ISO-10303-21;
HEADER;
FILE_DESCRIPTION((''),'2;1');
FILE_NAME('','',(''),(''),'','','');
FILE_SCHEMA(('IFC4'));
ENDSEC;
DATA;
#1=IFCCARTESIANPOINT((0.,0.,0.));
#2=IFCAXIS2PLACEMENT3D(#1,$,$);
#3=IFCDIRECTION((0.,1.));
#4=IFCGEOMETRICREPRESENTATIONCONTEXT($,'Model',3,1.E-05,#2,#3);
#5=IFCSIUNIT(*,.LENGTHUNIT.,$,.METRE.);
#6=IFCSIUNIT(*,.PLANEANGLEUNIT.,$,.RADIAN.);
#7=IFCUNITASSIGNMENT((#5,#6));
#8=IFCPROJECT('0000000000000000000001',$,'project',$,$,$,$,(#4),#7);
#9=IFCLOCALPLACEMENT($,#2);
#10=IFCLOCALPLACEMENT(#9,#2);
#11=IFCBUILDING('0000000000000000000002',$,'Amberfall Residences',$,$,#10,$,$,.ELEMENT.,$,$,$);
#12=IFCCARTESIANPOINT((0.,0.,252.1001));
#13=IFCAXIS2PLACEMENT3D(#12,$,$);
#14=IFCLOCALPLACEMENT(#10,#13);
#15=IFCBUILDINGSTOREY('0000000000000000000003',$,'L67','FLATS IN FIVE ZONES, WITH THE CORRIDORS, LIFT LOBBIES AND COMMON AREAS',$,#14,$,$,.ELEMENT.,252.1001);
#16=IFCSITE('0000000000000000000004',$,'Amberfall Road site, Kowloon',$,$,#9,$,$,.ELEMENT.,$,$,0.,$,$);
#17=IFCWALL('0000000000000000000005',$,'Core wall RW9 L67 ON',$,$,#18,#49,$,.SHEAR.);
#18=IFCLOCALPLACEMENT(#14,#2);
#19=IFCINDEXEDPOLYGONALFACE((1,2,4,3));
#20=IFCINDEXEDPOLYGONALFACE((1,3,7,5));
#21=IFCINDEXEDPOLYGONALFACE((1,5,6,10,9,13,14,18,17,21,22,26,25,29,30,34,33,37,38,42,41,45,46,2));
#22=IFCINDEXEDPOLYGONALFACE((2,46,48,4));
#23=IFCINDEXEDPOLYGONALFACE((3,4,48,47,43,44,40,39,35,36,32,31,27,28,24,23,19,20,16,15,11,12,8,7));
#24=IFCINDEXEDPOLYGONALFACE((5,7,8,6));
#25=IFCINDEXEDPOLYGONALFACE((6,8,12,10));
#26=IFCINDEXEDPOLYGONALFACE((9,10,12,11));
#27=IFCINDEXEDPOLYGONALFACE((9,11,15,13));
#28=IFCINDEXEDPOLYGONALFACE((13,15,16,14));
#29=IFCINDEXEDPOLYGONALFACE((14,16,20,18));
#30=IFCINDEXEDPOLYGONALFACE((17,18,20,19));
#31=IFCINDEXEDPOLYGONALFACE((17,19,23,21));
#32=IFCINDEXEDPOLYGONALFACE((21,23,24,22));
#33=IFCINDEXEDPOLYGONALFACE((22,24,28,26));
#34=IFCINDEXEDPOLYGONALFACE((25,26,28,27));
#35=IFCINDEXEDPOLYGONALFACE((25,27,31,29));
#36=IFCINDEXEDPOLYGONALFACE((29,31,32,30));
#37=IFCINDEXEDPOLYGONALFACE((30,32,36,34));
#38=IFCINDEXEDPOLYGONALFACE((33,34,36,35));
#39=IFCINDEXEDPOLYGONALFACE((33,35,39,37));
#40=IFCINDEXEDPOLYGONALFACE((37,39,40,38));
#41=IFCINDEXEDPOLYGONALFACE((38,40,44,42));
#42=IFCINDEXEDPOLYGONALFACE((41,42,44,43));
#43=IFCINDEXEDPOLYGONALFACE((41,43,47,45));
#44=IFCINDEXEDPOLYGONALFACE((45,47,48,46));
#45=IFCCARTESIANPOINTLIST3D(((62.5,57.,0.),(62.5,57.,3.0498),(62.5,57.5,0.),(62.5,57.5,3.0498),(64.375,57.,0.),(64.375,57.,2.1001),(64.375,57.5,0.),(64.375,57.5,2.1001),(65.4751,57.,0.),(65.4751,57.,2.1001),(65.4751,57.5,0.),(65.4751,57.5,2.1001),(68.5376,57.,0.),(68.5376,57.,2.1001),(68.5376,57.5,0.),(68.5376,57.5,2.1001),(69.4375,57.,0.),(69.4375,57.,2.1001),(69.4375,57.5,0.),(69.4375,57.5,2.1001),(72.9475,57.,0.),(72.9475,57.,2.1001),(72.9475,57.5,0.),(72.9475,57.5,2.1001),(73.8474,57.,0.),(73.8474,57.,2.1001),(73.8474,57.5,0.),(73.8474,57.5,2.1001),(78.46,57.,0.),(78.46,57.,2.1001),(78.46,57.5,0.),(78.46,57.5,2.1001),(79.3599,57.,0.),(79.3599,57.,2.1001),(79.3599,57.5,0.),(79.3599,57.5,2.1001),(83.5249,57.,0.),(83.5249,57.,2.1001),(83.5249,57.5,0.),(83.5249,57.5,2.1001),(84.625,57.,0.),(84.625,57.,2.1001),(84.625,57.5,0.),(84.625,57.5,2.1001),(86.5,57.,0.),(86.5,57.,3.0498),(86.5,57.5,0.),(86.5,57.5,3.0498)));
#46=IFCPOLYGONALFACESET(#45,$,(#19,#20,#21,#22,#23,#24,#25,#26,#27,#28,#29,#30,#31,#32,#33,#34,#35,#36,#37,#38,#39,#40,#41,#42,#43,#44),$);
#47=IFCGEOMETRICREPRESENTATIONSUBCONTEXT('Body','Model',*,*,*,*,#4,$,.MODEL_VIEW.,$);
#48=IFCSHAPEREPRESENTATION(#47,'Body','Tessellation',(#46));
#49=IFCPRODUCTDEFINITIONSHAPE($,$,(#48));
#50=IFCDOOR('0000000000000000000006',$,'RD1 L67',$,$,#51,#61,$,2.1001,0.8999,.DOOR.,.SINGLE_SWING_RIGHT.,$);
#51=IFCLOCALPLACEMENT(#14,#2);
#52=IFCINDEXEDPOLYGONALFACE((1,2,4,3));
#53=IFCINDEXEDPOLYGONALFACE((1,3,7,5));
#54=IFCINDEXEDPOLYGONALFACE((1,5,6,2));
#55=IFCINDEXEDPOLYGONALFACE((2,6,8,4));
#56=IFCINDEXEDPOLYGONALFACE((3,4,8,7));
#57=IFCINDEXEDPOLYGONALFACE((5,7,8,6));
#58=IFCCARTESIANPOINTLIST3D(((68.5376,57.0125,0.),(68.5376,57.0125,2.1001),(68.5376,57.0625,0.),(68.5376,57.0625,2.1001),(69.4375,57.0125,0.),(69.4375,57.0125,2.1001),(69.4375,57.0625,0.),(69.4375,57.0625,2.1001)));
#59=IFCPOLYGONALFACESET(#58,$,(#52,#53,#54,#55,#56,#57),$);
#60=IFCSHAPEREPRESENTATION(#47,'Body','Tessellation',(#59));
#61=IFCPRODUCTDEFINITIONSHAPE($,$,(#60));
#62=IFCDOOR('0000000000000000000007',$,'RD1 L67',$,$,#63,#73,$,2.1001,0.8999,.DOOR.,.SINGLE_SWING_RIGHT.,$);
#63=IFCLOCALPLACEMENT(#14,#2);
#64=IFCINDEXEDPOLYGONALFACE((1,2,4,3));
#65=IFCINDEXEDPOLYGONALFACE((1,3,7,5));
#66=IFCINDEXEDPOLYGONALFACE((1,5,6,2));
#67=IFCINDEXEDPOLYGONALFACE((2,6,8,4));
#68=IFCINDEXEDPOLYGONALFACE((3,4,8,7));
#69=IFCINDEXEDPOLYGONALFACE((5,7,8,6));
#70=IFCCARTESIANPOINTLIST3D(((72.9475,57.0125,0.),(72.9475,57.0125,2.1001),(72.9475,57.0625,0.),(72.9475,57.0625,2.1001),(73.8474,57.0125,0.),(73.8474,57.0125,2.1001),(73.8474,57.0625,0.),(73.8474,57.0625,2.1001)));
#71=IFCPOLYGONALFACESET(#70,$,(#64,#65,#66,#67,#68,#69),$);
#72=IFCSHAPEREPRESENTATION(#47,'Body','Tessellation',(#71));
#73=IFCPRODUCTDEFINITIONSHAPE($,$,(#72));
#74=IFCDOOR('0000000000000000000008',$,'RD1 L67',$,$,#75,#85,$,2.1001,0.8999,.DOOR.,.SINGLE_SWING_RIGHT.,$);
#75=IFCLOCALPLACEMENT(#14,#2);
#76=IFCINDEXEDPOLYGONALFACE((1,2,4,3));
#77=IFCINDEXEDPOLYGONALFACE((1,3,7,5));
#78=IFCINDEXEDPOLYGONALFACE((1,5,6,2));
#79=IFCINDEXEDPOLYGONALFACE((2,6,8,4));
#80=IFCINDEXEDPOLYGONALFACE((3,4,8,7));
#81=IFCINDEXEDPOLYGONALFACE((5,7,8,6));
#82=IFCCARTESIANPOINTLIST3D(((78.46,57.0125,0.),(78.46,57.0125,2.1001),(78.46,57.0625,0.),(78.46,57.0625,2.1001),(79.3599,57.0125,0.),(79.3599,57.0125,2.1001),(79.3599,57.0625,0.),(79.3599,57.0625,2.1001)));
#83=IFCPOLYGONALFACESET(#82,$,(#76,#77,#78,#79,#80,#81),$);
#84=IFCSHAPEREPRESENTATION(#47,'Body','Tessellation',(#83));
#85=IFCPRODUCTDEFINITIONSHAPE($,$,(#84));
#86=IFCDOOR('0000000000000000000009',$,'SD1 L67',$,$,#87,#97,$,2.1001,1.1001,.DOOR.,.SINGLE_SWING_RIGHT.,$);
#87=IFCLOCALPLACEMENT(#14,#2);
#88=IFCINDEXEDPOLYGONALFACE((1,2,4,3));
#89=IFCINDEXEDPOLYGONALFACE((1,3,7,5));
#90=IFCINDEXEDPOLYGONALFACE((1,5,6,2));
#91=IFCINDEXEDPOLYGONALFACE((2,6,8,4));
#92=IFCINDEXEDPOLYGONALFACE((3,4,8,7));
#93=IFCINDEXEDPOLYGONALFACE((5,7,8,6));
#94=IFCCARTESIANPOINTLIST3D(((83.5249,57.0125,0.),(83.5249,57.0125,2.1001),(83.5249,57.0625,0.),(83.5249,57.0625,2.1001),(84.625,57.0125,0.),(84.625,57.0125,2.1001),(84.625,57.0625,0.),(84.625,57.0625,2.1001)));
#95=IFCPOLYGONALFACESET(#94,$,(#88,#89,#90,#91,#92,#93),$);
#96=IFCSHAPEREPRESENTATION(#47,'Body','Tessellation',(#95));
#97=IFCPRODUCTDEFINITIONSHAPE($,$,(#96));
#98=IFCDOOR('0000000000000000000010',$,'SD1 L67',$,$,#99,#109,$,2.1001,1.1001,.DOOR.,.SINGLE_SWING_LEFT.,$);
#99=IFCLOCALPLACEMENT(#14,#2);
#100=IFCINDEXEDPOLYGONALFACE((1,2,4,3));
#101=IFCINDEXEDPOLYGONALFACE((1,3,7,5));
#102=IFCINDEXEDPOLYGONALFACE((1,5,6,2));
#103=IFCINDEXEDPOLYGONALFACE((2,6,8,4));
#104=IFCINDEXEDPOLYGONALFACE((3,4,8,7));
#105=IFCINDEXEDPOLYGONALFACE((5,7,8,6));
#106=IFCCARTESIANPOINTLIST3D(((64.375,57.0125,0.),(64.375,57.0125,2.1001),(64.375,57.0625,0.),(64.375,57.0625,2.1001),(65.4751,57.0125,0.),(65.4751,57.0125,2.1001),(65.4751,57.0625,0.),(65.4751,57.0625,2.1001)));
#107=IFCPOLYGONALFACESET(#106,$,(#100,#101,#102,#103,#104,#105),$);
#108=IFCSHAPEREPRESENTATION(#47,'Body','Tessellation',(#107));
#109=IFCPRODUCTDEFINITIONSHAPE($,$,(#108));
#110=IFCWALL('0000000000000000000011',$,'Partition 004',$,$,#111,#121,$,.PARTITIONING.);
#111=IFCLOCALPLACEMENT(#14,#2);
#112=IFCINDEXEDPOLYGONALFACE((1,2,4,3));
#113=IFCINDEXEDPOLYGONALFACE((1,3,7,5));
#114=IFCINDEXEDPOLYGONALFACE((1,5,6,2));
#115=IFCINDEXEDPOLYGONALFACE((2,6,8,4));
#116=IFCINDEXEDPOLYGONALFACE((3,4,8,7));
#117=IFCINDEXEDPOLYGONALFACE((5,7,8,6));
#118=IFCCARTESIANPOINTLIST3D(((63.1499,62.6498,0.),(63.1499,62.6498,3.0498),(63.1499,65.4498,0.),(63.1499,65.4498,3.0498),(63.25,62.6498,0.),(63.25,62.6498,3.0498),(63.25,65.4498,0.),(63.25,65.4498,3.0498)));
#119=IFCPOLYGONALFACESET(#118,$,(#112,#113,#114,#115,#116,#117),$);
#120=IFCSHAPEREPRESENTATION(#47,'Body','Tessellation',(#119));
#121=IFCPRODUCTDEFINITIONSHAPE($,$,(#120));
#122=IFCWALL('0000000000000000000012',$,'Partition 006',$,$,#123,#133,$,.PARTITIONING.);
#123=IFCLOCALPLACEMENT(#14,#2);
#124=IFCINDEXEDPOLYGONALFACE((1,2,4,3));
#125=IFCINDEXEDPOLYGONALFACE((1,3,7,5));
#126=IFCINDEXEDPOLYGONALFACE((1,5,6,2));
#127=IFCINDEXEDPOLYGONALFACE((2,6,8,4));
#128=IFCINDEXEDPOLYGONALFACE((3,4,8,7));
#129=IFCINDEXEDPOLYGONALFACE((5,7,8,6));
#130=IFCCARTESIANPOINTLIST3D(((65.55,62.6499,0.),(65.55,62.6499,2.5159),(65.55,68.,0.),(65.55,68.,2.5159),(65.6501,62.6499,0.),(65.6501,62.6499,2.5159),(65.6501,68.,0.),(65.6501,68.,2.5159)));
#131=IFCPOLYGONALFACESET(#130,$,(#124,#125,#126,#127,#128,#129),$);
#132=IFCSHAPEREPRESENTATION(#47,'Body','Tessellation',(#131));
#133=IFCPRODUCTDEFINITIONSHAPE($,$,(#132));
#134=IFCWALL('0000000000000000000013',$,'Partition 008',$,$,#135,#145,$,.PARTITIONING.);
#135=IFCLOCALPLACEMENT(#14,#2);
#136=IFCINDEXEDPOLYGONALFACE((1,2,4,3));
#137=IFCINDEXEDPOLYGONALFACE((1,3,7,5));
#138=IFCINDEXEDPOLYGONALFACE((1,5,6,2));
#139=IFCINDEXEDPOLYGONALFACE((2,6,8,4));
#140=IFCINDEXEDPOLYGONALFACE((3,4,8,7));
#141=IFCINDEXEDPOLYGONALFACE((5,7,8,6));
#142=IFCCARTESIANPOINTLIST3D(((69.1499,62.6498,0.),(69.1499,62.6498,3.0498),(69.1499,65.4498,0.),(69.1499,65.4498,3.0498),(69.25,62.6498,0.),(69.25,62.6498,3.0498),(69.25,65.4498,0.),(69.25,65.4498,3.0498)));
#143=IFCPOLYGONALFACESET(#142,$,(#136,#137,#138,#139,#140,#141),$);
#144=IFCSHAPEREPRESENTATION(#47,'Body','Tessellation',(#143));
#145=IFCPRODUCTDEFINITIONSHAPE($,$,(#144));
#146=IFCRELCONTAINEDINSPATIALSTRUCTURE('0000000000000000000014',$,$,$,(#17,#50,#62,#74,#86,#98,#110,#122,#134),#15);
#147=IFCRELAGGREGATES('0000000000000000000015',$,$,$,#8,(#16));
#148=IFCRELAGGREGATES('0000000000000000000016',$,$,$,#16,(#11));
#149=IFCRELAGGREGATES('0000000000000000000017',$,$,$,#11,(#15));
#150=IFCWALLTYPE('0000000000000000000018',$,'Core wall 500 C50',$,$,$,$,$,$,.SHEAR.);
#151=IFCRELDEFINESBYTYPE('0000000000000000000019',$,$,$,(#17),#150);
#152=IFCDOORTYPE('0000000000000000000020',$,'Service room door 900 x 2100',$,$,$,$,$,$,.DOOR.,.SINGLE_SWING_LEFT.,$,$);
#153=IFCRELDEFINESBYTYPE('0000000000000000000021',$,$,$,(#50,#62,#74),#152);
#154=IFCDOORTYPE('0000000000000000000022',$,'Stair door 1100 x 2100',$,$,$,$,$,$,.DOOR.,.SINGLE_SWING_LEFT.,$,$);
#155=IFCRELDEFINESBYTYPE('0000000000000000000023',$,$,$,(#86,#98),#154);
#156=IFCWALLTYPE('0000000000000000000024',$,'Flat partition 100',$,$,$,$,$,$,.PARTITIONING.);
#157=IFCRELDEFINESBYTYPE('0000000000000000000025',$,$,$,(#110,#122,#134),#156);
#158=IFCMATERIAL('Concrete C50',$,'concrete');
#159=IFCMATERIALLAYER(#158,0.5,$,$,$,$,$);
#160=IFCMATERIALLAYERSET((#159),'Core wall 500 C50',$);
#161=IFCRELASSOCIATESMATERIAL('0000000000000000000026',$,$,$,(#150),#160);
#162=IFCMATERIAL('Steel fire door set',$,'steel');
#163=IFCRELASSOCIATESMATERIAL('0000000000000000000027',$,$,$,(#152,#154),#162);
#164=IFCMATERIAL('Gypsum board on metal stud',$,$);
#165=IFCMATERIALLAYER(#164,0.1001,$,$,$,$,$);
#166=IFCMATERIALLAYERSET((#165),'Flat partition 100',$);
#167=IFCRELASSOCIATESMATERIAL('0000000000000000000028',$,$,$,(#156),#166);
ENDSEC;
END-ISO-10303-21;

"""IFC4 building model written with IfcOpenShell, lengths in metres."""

from ifc_helpers import new_model, si_unit, direction, frame, frame_2d, origin, place, context, subcontext, project, spatial, rectangle, extrude, material, layer, layer_set, type_object, element, fill, save


model = new_model("IFC4")

# Units and contexts
model_context = context("Model", 3, precision=1e-05, world=origin(), true_north=direction((0.0, 1.0)))
body_context = subcontext(model_context, "Body", "Model", "MODEL_VIEW")
ifc_project = project(units=[si_unit("LENGTHUNIT", "METRE"), si_unit("PLANEANGLEUNIT", "RADIAN")], contexts=[model_context])

# Site, building, storey
site_placement = place(None, origin())
site = spatial("IfcSite", under=ifc_project, at=site_placement, Name="Amberfall Road site, Kowloon", CompositionType="ELEMENT", RefElevation=0.0)
building_placement = place(site_placement, origin())
building = spatial("IfcBuilding", under=site, at=building_placement, Name="Amberfall Residences", CompositionType="ELEMENT")
storey_placement = place(building_placement, frame((0.0, 0.0, 252.1001)))
storey = spatial("IfcBuildingStorey", under=building, at=storey_placement, Name="L67", Description="FLATS IN FIVE ZONES, WITH THE CORRIDORS, LIFT LOBBIES AND COMMON AREAS", CompositionType="ELEMENT", Elevation=252.1001)

# Wall, openings, doors
ifc_material_1 = material(Name="Concrete C50", Category="concrete")
ifc_layer_1 = layer(ifc_material_1, 0.5)
ifc_layer_set_1 = layer_set([ifc_layer_1], Name="Core wall 500 C50")
wall_type_1 = type_object("IfcWallType", Name="Core wall 500 C50", PredefinedType="SHEAR", material=ifc_layer_set_1)
wall_1_placement = place(storey_placement, frame((62.5, 57.25, 0.0), z_axis=(0.0, 0.0, 1.0), x_axis=(1.0, 0.0, 0.0)))
wall_1 = element("IfcWall", 1, at=wall_1_placement, inside=storey, type_object=wall_type_1, Name="Core wall RW9 L67 ON", PredefinedType="SHEAR", context=body_context, shape_type="SweptSolid", body=[
    extrude(rectangle(XDim=24.0, YDim=0.5, at=frame_2d((12.0, 0.0))), origin(), (0.0, 0.0, 1.0), 3.0498),
])
opening_1_placement = place(wall_1_placement, frame((21.0249, 0.0, 0.0)))
opening_1 = element("IfcOpeningElement", 2, at=opening_1_placement, cuts=wall_1, PredefinedType="OPENING", context=body_context, shape_type="SweptSolid", body=[
    extrude(rectangle(XDim=1.1001, YDim=2.1001, at=frame_2d((0.55, 1.05))), frame((0.0, 0.26, 0.0), z_axis=(0.0, -1.0, 0.0), x_axis=(1.0, 0.0, 0.0)), (0.0, 0.0, 1.0), 0.52),
])
opening_2_placement = place(wall_1_placement, frame((1.875, 0.0, 0.0)))
opening_2 = element("IfcOpeningElement", 3, at=opening_2_placement, cuts=wall_1, PredefinedType="OPENING", context=body_context, shape_type="SweptSolid", body=[
    extrude(rectangle(XDim=1.1001, YDim=2.1001, at=frame_2d((0.55, 1.05))), frame((0.0, 0.26, 0.0), z_axis=(0.0, -1.0, 0.0), x_axis=(1.0, 0.0, 0.0)), (0.0, 0.0, 1.0), 0.52),
])
opening_3_placement = place(wall_1_placement, frame((6.0376, 0.0, 0.0)))
opening_3 = element("IfcOpeningElement", 4, at=opening_3_placement, cuts=wall_1, PredefinedType="OPENING", context=body_context, shape_type="SweptSolid", body=[
    extrude(rectangle(XDim=0.8999, YDim=2.1001, at=frame_2d((0.45, 1.05))), frame((0.0, 0.26, 0.0), z_axis=(0.0, -1.0, 0.0), x_axis=(1.0, 0.0, 0.0)), (0.0, 0.0, 1.0), 0.52),
])
opening_4_placement = place(wall_1_placement, frame((10.4475, 0.0, 0.0)))
opening_4 = element("IfcOpeningElement", 5, at=opening_4_placement, cuts=wall_1, PredefinedType="OPENING", context=body_context, shape_type="SweptSolid", body=[
    extrude(rectangle(XDim=0.8999, YDim=2.1001, at=frame_2d((0.45, 1.05))), frame((0.0, 0.26, 0.0), z_axis=(0.0, -1.0, 0.0), x_axis=(1.0, 0.0, 0.0)), (0.0, 0.0, 1.0), 0.52),
])
opening_5_placement = place(wall_1_placement, frame((15.96, 0.0, 0.0)))
opening_5 = element("IfcOpeningElement", 6, at=opening_5_placement, cuts=wall_1, PredefinedType="OPENING", context=body_context, shape_type="SweptSolid", body=[
    extrude(rectangle(XDim=0.8999, YDim=2.1001, at=frame_2d((0.45, 1.05))), frame((0.0, 0.26, 0.0), z_axis=(0.0, -1.0, 0.0), x_axis=(1.0, 0.0, 0.0)), (0.0, 0.0, 1.0), 0.52),
])
ifc_material_2 = material(Name="Steel fire door set", Category="steel")
door_type_1 = type_object("IfcDoorType", Name="Service room door 900 x 2100", OperationType="SINGLE_SWING_LEFT", PredefinedType="DOOR", material=ifc_material_2)
door_1_placement = place(opening_3_placement, origin())
door_1 = element("IfcDoor", 7, at=door_1_placement, inside=storey, type_object=door_type_1, Name="RD1 L67", OperationType="SINGLE_SWING_RIGHT", OverallHeight=2.1001, OverallWidth=0.8999, PredefinedType="DOOR", context=body_context, shape_type="SweptSolid", body=[
    extrude(rectangle(XDim=0.8999, YDim=2.1001, at=frame_2d((0.45, 1.05))), frame((0.0, -0.1875, 0.0), z_axis=(0.0, -1.0, 0.0), x_axis=(1.0, 0.0, 0.0)), (0.0, 0.0, 1.0), 0.05),
])
fill(opening_3, door_1)
door_2_placement = place(opening_4_placement, origin())
door_2 = element("IfcDoor", 8, at=door_2_placement, inside=storey, type_object=door_type_1, Name="RD1 L67", OperationType="SINGLE_SWING_RIGHT", OverallHeight=2.1001, OverallWidth=0.8999, PredefinedType="DOOR", context=body_context, shape_type="SweptSolid", body=[
    extrude(rectangle(XDim=0.8999, YDim=2.1001, at=frame_2d((0.45, 1.05))), frame((0.0, -0.1875, 0.0), z_axis=(0.0, -1.0, 0.0), x_axis=(1.0, 0.0, 0.0)), (0.0, 0.0, 1.0), 0.05),
])
fill(opening_4, door_2)
door_3_placement = place(opening_5_placement, origin())
door_3 = element("IfcDoor", 9, at=door_3_placement, inside=storey, type_object=door_type_1, Name="RD1 L67", OperationType="SINGLE_SWING_RIGHT", OverallHeight=2.1001, OverallWidth=0.8999, PredefinedType="DOOR", context=body_context, shape_type="SweptSolid", body=[
    extrude(rectangle(XDim=0.8999, YDim=2.1001, at=frame_2d((0.45, 1.05))), frame((0.0, -0.1875, 0.0), z_axis=(0.0, -1.0, 0.0), x_axis=(1.0, 0.0, 0.0)), (0.0, 0.0, 1.0), 0.05),
])
fill(opening_5, door_3)
door_type_2 = type_object("IfcDoorType", Name="Stair door 1100 x 2100", OperationType="SINGLE_SWING_LEFT", PredefinedType="DOOR", material=ifc_material_2)
door_4_placement = place(opening_1_placement, origin())
door_4 = element("IfcDoor", 10, at=door_4_placement, inside=storey, type_object=door_type_2, Name="SD1 L67", OperationType="SINGLE_SWING_RIGHT", OverallHeight=2.1001, OverallWidth=1.1001, PredefinedType="DOOR", context=body_context, shape_type="SweptSolid", body=[
    extrude(rectangle(XDim=1.1001, YDim=2.1001, at=frame_2d((0.55, 1.05))), frame((0.0, -0.1875, 0.0), z_axis=(0.0, -1.0, 0.0), x_axis=(1.0, 0.0, 0.0)), (0.0, 0.0, 1.0), 0.05),
])
fill(opening_1, door_4)
door_5_placement = place(opening_2_placement, origin())
door_5 = element("IfcDoor", 11, at=door_5_placement, inside=storey, type_object=door_type_2, Name="SD1 L67", OperationType="SINGLE_SWING_LEFT", OverallHeight=2.1001, OverallWidth=1.1001, PredefinedType="DOOR", context=body_context, shape_type="SweptSolid", body=[
    extrude(rectangle(XDim=1.1001, YDim=2.1001, at=frame_2d((0.55, 1.05))), frame((0.0, -0.1875, 0.0), z_axis=(0.0, -1.0, 0.0), x_axis=(1.0, 0.0, 0.0)), (0.0, 0.0, 1.0), 0.05),
])
fill(opening_2, door_5)

# Walls
ifc_material_3 = material(Name="Gypsum board on metal stud")
ifc_layer_2 = layer(ifc_material_3, 0.1001)
ifc_layer_set_2 = layer_set([ifc_layer_2], Name="Flat partition 100")
wall_type_2 = type_object("IfcWallType", Name="Flat partition 100", PredefinedType="PARTITIONING", material=ifc_layer_set_2)
wall_2_placement = place(storey_placement, frame((63.2, 62.6499, 0.0), z_axis=(0.0, 0.0, 1.0), x_axis=(0.0, 1.0, 0.0)))
element("IfcWall", 12, at=wall_2_placement, inside=storey, type_object=wall_type_2, Name="Partition 004", PredefinedType="PARTITIONING", context=body_context, shape_type="SweptSolid", body=[
    extrude(rectangle(XDim=2.8, YDim=0.1001, at=frame_2d((1.3999, 0.0))), origin(), (0.0, 0.0, 1.0), 3.0498),
])
wall_3_placement = place(storey_placement, frame((65.6001, 62.6499, 0.0), z_axis=(0.0, 0.0, 1.0), x_axis=(0.0, 1.0, 0.0)))
element("IfcWall", 13, at=wall_3_placement, inside=storey, type_object=wall_type_2, Name="Partition 006", PredefinedType="PARTITIONING", context=body_context, shape_type="SweptSolid", body=[
    extrude(rectangle(XDim=5.3501, YDim=0.1001, at=frame_2d((2.675, 0.0))), origin(), (0.0, 0.0, 1.0), 2.5159),
])
wall_4_placement = place(storey_placement, frame((69.2, 62.6499, 0.0), z_axis=(0.0, 0.0, 1.0), x_axis=(0.0, 1.0, 0.0)))
element("IfcWall", 14, at=wall_4_placement, inside=storey, type_object=wall_type_2, Name="Partition 008", PredefinedType="PARTITIONING", context=body_context, shape_type="SweptSolid", body=[
    extrude(rectangle(XDim=2.8, YDim=0.1001, at=frame_2d((1.3999, 0.0))), origin(), (0.0, 0.0, 1.0), 3.0498),
])

save(model, "model.ifc")
